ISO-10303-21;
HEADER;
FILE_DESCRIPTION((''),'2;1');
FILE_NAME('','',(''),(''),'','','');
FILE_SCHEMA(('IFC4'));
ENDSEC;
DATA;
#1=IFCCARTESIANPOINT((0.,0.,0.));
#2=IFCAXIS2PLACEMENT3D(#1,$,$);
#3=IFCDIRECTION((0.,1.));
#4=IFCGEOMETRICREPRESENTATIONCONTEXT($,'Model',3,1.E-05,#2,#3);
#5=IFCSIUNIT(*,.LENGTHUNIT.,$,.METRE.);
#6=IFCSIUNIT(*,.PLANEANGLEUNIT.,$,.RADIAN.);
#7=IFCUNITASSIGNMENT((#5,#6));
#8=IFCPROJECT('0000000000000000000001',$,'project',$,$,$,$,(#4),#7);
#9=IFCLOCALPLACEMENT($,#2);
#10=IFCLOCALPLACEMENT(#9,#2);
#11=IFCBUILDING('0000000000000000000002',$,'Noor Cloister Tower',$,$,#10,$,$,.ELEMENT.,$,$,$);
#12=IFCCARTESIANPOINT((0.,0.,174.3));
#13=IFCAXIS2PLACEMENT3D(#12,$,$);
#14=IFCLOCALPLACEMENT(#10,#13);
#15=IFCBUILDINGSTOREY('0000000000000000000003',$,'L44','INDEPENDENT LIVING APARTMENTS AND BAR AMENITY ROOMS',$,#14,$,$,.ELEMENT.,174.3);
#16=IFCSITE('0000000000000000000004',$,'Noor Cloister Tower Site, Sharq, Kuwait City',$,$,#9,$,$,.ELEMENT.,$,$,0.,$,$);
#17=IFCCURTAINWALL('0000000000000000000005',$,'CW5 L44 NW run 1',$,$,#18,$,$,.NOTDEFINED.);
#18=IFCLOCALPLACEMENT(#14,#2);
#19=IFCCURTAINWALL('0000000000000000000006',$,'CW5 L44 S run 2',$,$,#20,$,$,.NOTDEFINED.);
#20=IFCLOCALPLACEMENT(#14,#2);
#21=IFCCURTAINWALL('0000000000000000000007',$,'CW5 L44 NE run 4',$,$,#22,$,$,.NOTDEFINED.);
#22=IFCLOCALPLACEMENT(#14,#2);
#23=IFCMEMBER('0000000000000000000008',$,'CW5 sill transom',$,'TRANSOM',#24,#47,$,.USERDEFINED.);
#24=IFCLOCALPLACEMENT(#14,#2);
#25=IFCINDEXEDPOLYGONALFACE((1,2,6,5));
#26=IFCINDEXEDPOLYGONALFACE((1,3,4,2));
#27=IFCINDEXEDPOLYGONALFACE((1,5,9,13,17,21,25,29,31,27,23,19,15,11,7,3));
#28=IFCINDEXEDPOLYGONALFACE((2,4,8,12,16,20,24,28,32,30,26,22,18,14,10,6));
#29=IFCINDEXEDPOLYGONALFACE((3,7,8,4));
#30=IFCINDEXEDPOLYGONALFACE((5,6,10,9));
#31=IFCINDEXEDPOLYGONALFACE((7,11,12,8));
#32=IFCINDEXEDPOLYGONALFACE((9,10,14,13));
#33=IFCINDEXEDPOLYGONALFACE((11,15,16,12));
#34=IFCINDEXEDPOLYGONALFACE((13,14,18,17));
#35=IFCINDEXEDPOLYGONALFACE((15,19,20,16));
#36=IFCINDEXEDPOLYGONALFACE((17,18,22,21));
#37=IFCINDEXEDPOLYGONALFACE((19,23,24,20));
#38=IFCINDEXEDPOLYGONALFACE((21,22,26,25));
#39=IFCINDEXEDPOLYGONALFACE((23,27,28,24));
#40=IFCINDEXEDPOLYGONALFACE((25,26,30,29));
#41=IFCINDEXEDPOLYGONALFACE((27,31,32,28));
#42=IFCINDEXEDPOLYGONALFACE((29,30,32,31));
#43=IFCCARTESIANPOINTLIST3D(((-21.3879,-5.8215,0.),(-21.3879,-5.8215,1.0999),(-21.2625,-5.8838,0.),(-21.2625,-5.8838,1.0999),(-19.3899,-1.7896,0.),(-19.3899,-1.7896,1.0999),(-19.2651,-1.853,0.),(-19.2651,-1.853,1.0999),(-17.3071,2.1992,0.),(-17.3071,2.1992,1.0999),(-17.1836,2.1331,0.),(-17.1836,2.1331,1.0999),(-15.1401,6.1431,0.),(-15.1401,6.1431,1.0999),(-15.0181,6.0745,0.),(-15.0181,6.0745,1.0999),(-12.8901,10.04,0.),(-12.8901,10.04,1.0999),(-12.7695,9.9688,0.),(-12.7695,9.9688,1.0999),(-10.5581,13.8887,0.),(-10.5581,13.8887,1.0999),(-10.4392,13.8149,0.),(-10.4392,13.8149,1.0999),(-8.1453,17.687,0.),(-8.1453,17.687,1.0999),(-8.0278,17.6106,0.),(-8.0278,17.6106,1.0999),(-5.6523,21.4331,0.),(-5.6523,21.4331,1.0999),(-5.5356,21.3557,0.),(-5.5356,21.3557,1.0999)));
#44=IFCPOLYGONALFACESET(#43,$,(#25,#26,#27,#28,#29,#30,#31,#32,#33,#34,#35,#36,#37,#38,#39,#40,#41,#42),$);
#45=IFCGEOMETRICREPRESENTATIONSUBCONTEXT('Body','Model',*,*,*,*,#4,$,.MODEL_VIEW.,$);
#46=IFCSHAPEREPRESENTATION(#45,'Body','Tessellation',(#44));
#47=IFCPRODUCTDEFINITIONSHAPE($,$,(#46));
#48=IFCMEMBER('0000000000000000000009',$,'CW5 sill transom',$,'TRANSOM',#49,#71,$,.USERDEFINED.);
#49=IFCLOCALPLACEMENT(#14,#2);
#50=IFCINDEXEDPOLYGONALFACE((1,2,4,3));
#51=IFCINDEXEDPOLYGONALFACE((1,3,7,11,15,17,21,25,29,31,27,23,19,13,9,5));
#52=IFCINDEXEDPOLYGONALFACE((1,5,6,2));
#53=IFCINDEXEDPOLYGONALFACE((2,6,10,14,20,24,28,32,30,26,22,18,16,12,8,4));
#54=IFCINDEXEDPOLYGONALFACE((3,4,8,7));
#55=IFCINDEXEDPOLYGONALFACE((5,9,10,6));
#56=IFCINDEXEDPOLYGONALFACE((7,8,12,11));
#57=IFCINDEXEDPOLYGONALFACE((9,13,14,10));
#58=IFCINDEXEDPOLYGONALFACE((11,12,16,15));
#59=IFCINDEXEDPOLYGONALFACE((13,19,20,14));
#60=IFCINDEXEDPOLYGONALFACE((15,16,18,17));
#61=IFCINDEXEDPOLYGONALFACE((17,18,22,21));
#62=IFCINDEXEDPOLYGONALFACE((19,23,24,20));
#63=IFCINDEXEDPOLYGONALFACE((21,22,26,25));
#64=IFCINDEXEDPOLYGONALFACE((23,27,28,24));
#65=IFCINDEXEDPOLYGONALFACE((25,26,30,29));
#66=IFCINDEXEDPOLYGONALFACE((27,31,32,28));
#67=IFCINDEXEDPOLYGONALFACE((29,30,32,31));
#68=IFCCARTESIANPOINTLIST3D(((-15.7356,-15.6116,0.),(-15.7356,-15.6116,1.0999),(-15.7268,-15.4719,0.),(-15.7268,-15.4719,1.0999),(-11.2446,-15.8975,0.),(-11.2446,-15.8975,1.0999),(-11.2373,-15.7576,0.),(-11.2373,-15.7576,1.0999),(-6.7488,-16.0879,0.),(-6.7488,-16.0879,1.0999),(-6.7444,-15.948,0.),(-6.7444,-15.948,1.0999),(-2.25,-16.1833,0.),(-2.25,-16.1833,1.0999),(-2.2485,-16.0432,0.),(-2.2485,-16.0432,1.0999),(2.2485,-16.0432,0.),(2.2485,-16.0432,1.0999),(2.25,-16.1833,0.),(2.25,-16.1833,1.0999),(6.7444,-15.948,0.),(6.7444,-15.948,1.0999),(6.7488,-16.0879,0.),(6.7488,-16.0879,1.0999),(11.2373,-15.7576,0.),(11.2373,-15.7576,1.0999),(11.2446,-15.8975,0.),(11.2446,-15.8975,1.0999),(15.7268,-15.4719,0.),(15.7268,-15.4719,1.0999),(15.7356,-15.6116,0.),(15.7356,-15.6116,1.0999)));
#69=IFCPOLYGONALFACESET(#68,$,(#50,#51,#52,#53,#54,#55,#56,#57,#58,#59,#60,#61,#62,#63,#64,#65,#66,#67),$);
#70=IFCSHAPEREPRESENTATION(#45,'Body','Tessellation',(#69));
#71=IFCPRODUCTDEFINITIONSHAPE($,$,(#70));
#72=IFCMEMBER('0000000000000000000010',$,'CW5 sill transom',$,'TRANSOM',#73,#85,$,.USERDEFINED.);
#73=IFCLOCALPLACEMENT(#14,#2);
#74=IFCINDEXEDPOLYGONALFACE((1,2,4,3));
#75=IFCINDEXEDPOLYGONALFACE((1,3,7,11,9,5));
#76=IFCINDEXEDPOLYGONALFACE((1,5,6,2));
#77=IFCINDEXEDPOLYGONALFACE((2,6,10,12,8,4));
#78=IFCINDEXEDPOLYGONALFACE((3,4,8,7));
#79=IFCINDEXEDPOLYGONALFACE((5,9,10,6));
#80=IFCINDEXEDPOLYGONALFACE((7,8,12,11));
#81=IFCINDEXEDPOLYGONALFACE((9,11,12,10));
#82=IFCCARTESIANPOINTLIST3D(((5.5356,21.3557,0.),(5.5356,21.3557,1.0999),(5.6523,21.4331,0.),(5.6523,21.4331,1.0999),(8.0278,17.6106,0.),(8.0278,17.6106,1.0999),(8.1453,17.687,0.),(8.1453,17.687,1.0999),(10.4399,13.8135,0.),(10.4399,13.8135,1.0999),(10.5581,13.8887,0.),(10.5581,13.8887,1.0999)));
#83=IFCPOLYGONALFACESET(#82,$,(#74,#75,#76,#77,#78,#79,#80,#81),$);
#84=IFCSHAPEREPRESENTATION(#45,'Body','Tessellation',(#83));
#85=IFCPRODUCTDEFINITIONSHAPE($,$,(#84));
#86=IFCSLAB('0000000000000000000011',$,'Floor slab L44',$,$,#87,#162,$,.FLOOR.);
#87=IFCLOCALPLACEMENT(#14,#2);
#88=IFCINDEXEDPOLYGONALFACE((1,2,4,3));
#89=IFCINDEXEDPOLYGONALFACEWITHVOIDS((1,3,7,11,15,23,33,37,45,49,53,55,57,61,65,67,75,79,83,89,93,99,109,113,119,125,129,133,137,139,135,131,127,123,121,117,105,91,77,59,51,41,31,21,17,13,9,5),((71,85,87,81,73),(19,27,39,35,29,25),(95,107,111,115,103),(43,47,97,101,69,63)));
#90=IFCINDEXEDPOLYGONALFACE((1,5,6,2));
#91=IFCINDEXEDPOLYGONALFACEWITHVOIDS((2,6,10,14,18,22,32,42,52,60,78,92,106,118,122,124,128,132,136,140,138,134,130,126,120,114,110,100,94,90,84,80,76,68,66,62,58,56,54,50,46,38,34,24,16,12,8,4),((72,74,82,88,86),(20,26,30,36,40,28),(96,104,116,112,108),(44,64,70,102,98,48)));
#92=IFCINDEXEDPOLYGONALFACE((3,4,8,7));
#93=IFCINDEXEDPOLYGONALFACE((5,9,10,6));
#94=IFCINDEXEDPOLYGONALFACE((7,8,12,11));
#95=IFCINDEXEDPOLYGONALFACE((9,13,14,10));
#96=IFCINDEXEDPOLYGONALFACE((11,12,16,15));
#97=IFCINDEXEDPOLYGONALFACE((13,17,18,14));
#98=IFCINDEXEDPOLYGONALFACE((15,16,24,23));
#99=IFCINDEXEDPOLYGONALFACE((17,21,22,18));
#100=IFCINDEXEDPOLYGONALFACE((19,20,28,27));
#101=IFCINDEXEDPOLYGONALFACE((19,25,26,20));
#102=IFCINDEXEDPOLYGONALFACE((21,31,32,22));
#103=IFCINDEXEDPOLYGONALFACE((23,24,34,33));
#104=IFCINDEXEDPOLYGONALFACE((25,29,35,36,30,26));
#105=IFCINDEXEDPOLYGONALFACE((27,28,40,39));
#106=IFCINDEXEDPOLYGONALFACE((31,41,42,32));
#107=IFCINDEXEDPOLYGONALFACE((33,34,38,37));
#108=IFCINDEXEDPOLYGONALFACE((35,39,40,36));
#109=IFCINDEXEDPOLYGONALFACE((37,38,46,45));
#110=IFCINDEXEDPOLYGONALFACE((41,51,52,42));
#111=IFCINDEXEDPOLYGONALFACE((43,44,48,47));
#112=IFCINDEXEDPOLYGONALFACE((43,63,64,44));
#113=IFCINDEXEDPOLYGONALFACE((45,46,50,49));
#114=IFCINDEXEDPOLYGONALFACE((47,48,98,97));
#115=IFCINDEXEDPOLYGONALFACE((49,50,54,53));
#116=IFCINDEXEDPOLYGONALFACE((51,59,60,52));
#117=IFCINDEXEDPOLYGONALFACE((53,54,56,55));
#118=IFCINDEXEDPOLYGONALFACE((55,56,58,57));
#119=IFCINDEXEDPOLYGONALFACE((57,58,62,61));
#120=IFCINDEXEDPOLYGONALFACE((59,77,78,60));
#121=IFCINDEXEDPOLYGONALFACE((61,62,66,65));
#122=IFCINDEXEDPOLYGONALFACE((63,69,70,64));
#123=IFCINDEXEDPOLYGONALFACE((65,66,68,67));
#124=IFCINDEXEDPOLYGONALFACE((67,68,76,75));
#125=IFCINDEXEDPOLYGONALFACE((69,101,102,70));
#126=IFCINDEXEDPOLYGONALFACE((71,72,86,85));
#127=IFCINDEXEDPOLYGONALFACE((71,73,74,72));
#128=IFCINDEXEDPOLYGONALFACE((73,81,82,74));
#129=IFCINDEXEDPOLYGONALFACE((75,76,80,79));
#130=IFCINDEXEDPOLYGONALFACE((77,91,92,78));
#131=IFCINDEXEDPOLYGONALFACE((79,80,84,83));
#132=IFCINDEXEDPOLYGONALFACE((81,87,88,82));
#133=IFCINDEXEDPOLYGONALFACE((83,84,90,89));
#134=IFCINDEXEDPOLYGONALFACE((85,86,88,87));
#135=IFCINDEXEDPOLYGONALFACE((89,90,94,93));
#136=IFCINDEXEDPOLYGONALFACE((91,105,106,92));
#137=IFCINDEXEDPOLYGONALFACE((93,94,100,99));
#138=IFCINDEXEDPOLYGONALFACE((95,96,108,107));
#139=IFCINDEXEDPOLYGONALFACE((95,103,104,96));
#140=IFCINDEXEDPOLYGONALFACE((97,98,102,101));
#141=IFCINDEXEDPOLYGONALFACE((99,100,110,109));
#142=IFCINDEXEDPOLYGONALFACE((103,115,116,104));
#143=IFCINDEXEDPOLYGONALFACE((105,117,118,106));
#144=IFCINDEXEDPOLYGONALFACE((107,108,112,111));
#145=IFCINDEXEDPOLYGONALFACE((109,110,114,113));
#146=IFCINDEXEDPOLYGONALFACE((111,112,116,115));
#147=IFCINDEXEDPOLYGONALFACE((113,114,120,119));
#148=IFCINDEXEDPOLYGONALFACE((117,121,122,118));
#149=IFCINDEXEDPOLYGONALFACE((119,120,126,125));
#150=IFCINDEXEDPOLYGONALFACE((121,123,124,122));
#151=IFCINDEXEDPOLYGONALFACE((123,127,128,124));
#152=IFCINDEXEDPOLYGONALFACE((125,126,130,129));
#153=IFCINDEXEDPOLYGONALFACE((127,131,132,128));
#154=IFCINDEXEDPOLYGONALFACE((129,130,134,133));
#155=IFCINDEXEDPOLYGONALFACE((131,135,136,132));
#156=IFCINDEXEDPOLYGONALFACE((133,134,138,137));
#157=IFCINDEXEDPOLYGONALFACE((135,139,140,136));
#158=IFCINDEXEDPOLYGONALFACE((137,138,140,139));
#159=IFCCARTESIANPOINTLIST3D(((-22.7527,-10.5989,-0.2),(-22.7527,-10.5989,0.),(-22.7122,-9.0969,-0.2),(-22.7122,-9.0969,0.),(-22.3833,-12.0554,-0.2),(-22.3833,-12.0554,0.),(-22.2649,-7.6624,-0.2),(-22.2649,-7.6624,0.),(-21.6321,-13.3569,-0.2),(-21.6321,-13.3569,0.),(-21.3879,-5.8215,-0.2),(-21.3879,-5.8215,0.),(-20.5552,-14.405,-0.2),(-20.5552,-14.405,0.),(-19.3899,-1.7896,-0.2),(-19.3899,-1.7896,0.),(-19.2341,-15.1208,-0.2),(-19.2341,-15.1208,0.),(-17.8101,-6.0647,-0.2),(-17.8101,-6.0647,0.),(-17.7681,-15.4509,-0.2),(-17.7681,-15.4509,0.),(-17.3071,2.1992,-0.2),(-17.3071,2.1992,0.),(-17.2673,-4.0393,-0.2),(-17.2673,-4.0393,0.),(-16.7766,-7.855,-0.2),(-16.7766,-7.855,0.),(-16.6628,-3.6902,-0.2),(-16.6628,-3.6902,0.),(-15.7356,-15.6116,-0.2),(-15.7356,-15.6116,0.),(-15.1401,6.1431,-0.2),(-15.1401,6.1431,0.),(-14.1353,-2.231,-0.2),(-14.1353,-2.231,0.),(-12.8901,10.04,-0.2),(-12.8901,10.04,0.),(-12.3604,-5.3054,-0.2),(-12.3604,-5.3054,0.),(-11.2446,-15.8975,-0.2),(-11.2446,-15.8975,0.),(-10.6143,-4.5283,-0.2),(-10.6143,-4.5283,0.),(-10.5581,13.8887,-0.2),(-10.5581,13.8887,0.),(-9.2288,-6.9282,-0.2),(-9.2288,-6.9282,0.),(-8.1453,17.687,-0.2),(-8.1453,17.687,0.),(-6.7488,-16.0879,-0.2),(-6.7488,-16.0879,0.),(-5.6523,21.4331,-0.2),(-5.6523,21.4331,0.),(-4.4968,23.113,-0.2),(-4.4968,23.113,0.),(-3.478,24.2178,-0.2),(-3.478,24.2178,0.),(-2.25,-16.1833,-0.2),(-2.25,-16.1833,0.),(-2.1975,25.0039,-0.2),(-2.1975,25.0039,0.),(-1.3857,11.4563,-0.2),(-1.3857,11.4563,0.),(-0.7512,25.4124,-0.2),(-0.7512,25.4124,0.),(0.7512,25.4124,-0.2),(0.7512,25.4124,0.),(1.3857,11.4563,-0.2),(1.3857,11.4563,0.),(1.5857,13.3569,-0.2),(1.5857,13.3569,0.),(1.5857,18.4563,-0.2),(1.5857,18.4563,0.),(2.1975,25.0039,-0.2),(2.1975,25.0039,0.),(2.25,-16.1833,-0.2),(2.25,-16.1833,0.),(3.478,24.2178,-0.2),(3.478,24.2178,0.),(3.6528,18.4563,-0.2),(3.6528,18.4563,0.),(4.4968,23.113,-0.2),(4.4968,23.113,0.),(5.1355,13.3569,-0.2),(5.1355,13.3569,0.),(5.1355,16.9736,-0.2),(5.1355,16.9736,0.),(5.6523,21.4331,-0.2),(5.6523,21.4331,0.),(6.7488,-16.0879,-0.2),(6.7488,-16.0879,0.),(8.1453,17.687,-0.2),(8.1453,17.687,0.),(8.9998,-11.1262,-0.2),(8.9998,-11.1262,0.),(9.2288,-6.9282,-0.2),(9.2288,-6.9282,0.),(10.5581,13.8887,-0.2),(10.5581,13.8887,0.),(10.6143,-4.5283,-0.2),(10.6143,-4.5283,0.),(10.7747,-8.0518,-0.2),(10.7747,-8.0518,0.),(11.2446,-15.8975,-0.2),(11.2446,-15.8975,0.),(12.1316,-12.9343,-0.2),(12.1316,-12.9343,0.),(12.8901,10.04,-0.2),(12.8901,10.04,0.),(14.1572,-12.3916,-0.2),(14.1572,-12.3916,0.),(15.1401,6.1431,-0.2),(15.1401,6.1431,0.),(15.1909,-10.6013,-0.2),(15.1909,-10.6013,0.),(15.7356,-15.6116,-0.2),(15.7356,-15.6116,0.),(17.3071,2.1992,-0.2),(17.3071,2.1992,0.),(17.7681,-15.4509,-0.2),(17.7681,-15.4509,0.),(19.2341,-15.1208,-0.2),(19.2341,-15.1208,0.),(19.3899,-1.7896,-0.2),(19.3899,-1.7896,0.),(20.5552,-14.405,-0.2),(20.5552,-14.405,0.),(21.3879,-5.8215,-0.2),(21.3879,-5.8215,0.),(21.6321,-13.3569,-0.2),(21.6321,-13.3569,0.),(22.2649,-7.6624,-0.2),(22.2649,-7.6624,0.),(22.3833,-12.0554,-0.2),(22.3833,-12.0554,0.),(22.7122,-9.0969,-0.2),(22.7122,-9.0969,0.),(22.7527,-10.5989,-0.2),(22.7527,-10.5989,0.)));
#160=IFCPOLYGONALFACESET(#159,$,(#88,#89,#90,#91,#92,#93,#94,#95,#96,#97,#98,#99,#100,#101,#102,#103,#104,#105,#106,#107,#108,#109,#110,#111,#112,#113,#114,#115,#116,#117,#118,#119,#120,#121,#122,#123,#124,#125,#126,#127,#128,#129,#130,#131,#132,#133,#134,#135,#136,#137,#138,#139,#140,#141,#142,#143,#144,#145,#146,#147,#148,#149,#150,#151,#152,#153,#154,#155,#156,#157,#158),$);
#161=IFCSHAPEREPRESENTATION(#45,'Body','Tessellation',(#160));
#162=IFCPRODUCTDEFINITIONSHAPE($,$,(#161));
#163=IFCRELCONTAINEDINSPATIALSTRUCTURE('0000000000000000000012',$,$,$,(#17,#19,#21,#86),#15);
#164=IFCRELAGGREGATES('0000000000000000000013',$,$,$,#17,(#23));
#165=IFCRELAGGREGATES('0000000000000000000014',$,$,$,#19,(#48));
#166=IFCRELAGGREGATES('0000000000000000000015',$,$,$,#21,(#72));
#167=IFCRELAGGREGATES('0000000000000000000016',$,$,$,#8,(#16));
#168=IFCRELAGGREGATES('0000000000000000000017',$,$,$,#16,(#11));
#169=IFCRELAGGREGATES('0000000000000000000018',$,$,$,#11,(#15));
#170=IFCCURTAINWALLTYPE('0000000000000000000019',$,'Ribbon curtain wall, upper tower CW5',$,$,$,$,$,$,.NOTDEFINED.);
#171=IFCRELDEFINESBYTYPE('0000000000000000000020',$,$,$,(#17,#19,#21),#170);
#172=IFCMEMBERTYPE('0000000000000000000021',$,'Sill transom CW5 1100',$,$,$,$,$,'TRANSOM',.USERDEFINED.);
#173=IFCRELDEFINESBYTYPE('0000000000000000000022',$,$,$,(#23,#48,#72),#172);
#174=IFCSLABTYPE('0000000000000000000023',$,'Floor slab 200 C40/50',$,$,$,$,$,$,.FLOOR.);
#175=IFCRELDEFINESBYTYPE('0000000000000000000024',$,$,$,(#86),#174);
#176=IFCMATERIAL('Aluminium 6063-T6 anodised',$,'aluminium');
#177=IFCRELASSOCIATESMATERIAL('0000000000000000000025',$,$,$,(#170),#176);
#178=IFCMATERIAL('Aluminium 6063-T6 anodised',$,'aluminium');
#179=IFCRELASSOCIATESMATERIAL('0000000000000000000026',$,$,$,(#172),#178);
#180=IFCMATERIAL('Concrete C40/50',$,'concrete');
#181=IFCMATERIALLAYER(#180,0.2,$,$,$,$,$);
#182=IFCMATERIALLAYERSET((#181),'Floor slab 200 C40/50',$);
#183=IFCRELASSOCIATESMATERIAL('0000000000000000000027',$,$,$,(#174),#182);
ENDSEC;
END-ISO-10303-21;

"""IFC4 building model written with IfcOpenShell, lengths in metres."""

from ifc_helpers import new_model, si_unit, direction, frame, origin, place, context, subcontext, project, spatial, polyline, outline, extrude, material, layer, layer_set, type_object, element, aggregate, save


model = new_model("IFC4")

# Units and contexts
model_context = context("Model", 3, precision=1e-05, world=origin(), true_north=direction((0.0, 1.0)))
body_context = subcontext(model_context, "Body", "Model", "MODEL_VIEW")
ifc_project = project(units=[si_unit("LENGTHUNIT", "METRE"), si_unit("PLANEANGLEUNIT", "RADIAN")], contexts=[model_context])

# Site, building, storey
site_placement = place(None, origin())
site = spatial("IfcSite", under=ifc_project, at=site_placement, Name="Noor Cloister Tower Site, Sharq, Kuwait City", CompositionType="ELEMENT", RefElevation=0.0)
building_placement = place(site_placement, origin())
building = spatial("IfcBuilding", under=site, at=building_placement, Name="Noor Cloister Tower", CompositionType="ELEMENT")
storey_placement = place(building_placement, frame((0.0, 0.0, 174.3)))
storey = spatial("IfcBuildingStorey", under=building, at=storey_placement, Name="L44", Description="INDEPENDENT LIVING APARTMENTS AND BAR AMENITY ROOMS", CompositionType="ELEMENT", Elevation=174.3)

# Curtain walls
ifc_material_1 = material(Name="Aluminium 6063-T6 anodised", Category="aluminium")
curtain_wall_type_1 = type_object("IfcCurtainWallType", Name="Ribbon curtain wall, upper tower CW5", PredefinedType="NOTDEFINED", material=ifc_material_1)
curtain_wall_1_placement = place(storey_placement, origin())
curtain_wall_1 = element("IfcCurtainWall", 1, at=curtain_wall_1_placement, inside=storey, type_object=curtain_wall_type_1, Name="CW5 L44 NW run 1", PredefinedType="NOTDEFINED")
curtain_wall_2_placement = place(storey_placement, origin())
curtain_wall_2 = element("IfcCurtainWall", 2, at=curtain_wall_2_placement, inside=storey, type_object=curtain_wall_type_1, Name="CW5 L44 S run 2", PredefinedType="NOTDEFINED")
curtain_wall_3_placement = place(storey_placement, origin())
curtain_wall_3 = element("IfcCurtainWall", 3, at=curtain_wall_3_placement, inside=storey, type_object=curtain_wall_type_1, Name="CW5 L44 NE run 4", PredefinedType="NOTDEFINED")

# Members
ifc_material_2 = material(Name="Aluminium 6063-T6 anodised", Category="aluminium")
member_type_1 = type_object("IfcMemberType", Name="Sill transom CW5 1100", ElementType="TRANSOM", PredefinedType="USERDEFINED", material=ifc_material_2)
member_1_placement = place(storey_placement, origin())
member_1 = element("IfcMember", 4, at=member_1_placement, type_object=member_type_1, Name="CW5 sill transom", ObjectType="TRANSOM", PredefinedType="USERDEFINED", context=body_context, shape_type="SweptSolid", body=[
    extrude(outline(polyline([(-5.6523, 21.4331), (-8.1453, 17.687), (-10.5581, 13.8887), (-12.8901, 10.04), (-15.1401, 6.1431), (-17.3071, 2.1992), (-19.3899, -1.7896), (-21.3879, -5.8215), (-21.2625, -5.8838), (-19.2651, -1.853), (-17.1836, 2.1331), (-15.0181, 6.0745), (-12.7695, 9.9688), (-10.4392, 13.8149), (-8.0278, 17.6106), (-5.5356, 21.3557), (-5.6523, 21.4331)])), origin(), (0.0, 0.0, 1.0), 1.0999),
])
aggregate(curtain_wall_1, [member_1])
member_2_placement = place(storey_placement, origin())
member_2 = element("IfcMember", 5, at=member_2_placement, type_object=member_type_1, Name="CW5 sill transom", ObjectType="TRANSOM", PredefinedType="USERDEFINED", context=body_context, shape_type="SweptSolid", body=[
    extrude(outline(polyline([(-15.7356, -15.6116), (-11.2446, -15.8975), (-6.7488, -16.0879), (-2.25, -16.1833), (2.25, -16.1833), (6.7488, -16.0879), (11.2446, -15.8975), (15.7356, -15.6116), (15.7268, -15.4719), (11.2373, -15.7576), (6.7444, -15.948), (2.2485, -16.0432), (-2.2485, -16.0432), (-6.7444, -15.948), (-11.2373, -15.7576), (-15.7268, -15.4719), (-15.7356, -15.6116)])), origin(), (0.0, 0.0, 1.0), 1.0999),
])
aggregate(curtain_wall_2, [member_2])
member_3_placement = place(storey_placement, origin())
member_3 = element("IfcMember", 6, at=member_3_placement, type_object=member_type_1, Name="CW5 sill transom", ObjectType="TRANSOM", PredefinedType="USERDEFINED", context=body_context, shape_type="SweptSolid", body=[
    extrude(outline(polyline([(10.5581, 13.8887), (8.1453, 17.687), (5.6523, 21.4331), (5.5356, 21.3557), (8.0278, 17.6106), (10.4399, 13.8135), (10.5581, 13.8887)])), origin(), (0.0, 0.0, 1.0), 1.0999),
])
aggregate(curtain_wall_3, [member_3])

# Slab
ifc_material_3 = material(Name="Concrete C40/50", Category="concrete")
ifc_layer_1 = layer(ifc_material_3, 0.2)
ifc_layer_set_1 = layer_set([ifc_layer_1], Name="Floor slab 200 C40/50")
slab_type_1 = type_object("IfcSlabType", Name="Floor slab 200 C40/50", PredefinedType="FLOOR", material=ifc_layer_set_1)
slab_1_placement = place(storey_placement, frame((0.0, 0.0, -0.2)))
element("IfcSlab", 7, at=slab_1_placement, inside=storey, type_object=slab_type_1, Name="Floor slab L44", PredefinedType="FLOOR", context=body_context, shape_type="SweptSolid", body=[
    extrude(outline(polyline([(4.4968, 23.113), (3.478, 24.2178), (2.1975, 25.0039), (0.7512, 25.4124), (-0.7512, 25.4124), (-2.1975, 25.0039), (-3.478, 24.2178), (-4.4968, 23.113), (-5.6523, 21.4331), (-8.1453, 17.687), (-10.5581, 13.8887), (-12.8901, 10.04), (-15.1401, 6.1431), (-17.3071, 2.1992), (-19.3899, -1.7896), (-21.3879, -5.8215), (-22.2649, -7.6624), (-22.7122, -9.0969), (-22.7527, -10.5989), (-22.3833, -12.0554), (-21.6321, -13.3569), (-20.5552, -14.405), (-19.2341, -15.1208), (-17.7681, -15.4509), (-15.7356, -15.6116), (-11.2446, -15.8975), (-6.7488, -16.0879), (-2.25, -16.1833), (2.25, -16.1833), (6.7488, -16.0879), (11.2446, -15.8975), (15.7356, -15.6116), (17.7681, -15.4509), (19.2341, -15.1208), (20.5552, -14.405), (21.6321, -13.3569), (22.3833, -12.0554), (22.7527, -10.5989), (22.7122, -9.0969), (22.2649, -7.6624), (21.3879, -5.8215), (19.3899, -1.7896), (17.3071, 2.1992), (15.1401, 6.1431), (12.8901, 10.04), (10.5581, 13.8887), (8.1453, 17.687), (5.6523, 21.4331), (4.4968, 23.113)]), holes=[polyline([(8.9998, -11.1262), (12.1316, -12.9343), (14.1572, -12.3916), (15.1909, -10.6013), (10.7747, -8.0518), (8.9998, -11.1262)]), polyline([(-17.8101, -6.0647), (-16.7766, -7.855), (-12.3604, -5.3054), (-14.1353, -2.231), (-16.6628, -3.6902), (-17.2673, -4.0393), (-17.8101, -6.0647)]), polyline([(-10.6143, -4.5283), (-9.2288, -6.9282), (9.2288, -6.9282), (10.6143, -4.5283), (1.3857, 11.4563), (-1.3857, 11.4563), (-10.6143, -4.5283)]), polyline([(3.6528, 18.4563), (1.5857, 18.4563), (1.5857, 13.3569), (5.1355, 13.3569), (5.1355, 16.9736), (3.6528, 18.4563)])]), origin(), (0.0, 0.0, 1.0), 0.2),
])

save(model, "model.ifc")
